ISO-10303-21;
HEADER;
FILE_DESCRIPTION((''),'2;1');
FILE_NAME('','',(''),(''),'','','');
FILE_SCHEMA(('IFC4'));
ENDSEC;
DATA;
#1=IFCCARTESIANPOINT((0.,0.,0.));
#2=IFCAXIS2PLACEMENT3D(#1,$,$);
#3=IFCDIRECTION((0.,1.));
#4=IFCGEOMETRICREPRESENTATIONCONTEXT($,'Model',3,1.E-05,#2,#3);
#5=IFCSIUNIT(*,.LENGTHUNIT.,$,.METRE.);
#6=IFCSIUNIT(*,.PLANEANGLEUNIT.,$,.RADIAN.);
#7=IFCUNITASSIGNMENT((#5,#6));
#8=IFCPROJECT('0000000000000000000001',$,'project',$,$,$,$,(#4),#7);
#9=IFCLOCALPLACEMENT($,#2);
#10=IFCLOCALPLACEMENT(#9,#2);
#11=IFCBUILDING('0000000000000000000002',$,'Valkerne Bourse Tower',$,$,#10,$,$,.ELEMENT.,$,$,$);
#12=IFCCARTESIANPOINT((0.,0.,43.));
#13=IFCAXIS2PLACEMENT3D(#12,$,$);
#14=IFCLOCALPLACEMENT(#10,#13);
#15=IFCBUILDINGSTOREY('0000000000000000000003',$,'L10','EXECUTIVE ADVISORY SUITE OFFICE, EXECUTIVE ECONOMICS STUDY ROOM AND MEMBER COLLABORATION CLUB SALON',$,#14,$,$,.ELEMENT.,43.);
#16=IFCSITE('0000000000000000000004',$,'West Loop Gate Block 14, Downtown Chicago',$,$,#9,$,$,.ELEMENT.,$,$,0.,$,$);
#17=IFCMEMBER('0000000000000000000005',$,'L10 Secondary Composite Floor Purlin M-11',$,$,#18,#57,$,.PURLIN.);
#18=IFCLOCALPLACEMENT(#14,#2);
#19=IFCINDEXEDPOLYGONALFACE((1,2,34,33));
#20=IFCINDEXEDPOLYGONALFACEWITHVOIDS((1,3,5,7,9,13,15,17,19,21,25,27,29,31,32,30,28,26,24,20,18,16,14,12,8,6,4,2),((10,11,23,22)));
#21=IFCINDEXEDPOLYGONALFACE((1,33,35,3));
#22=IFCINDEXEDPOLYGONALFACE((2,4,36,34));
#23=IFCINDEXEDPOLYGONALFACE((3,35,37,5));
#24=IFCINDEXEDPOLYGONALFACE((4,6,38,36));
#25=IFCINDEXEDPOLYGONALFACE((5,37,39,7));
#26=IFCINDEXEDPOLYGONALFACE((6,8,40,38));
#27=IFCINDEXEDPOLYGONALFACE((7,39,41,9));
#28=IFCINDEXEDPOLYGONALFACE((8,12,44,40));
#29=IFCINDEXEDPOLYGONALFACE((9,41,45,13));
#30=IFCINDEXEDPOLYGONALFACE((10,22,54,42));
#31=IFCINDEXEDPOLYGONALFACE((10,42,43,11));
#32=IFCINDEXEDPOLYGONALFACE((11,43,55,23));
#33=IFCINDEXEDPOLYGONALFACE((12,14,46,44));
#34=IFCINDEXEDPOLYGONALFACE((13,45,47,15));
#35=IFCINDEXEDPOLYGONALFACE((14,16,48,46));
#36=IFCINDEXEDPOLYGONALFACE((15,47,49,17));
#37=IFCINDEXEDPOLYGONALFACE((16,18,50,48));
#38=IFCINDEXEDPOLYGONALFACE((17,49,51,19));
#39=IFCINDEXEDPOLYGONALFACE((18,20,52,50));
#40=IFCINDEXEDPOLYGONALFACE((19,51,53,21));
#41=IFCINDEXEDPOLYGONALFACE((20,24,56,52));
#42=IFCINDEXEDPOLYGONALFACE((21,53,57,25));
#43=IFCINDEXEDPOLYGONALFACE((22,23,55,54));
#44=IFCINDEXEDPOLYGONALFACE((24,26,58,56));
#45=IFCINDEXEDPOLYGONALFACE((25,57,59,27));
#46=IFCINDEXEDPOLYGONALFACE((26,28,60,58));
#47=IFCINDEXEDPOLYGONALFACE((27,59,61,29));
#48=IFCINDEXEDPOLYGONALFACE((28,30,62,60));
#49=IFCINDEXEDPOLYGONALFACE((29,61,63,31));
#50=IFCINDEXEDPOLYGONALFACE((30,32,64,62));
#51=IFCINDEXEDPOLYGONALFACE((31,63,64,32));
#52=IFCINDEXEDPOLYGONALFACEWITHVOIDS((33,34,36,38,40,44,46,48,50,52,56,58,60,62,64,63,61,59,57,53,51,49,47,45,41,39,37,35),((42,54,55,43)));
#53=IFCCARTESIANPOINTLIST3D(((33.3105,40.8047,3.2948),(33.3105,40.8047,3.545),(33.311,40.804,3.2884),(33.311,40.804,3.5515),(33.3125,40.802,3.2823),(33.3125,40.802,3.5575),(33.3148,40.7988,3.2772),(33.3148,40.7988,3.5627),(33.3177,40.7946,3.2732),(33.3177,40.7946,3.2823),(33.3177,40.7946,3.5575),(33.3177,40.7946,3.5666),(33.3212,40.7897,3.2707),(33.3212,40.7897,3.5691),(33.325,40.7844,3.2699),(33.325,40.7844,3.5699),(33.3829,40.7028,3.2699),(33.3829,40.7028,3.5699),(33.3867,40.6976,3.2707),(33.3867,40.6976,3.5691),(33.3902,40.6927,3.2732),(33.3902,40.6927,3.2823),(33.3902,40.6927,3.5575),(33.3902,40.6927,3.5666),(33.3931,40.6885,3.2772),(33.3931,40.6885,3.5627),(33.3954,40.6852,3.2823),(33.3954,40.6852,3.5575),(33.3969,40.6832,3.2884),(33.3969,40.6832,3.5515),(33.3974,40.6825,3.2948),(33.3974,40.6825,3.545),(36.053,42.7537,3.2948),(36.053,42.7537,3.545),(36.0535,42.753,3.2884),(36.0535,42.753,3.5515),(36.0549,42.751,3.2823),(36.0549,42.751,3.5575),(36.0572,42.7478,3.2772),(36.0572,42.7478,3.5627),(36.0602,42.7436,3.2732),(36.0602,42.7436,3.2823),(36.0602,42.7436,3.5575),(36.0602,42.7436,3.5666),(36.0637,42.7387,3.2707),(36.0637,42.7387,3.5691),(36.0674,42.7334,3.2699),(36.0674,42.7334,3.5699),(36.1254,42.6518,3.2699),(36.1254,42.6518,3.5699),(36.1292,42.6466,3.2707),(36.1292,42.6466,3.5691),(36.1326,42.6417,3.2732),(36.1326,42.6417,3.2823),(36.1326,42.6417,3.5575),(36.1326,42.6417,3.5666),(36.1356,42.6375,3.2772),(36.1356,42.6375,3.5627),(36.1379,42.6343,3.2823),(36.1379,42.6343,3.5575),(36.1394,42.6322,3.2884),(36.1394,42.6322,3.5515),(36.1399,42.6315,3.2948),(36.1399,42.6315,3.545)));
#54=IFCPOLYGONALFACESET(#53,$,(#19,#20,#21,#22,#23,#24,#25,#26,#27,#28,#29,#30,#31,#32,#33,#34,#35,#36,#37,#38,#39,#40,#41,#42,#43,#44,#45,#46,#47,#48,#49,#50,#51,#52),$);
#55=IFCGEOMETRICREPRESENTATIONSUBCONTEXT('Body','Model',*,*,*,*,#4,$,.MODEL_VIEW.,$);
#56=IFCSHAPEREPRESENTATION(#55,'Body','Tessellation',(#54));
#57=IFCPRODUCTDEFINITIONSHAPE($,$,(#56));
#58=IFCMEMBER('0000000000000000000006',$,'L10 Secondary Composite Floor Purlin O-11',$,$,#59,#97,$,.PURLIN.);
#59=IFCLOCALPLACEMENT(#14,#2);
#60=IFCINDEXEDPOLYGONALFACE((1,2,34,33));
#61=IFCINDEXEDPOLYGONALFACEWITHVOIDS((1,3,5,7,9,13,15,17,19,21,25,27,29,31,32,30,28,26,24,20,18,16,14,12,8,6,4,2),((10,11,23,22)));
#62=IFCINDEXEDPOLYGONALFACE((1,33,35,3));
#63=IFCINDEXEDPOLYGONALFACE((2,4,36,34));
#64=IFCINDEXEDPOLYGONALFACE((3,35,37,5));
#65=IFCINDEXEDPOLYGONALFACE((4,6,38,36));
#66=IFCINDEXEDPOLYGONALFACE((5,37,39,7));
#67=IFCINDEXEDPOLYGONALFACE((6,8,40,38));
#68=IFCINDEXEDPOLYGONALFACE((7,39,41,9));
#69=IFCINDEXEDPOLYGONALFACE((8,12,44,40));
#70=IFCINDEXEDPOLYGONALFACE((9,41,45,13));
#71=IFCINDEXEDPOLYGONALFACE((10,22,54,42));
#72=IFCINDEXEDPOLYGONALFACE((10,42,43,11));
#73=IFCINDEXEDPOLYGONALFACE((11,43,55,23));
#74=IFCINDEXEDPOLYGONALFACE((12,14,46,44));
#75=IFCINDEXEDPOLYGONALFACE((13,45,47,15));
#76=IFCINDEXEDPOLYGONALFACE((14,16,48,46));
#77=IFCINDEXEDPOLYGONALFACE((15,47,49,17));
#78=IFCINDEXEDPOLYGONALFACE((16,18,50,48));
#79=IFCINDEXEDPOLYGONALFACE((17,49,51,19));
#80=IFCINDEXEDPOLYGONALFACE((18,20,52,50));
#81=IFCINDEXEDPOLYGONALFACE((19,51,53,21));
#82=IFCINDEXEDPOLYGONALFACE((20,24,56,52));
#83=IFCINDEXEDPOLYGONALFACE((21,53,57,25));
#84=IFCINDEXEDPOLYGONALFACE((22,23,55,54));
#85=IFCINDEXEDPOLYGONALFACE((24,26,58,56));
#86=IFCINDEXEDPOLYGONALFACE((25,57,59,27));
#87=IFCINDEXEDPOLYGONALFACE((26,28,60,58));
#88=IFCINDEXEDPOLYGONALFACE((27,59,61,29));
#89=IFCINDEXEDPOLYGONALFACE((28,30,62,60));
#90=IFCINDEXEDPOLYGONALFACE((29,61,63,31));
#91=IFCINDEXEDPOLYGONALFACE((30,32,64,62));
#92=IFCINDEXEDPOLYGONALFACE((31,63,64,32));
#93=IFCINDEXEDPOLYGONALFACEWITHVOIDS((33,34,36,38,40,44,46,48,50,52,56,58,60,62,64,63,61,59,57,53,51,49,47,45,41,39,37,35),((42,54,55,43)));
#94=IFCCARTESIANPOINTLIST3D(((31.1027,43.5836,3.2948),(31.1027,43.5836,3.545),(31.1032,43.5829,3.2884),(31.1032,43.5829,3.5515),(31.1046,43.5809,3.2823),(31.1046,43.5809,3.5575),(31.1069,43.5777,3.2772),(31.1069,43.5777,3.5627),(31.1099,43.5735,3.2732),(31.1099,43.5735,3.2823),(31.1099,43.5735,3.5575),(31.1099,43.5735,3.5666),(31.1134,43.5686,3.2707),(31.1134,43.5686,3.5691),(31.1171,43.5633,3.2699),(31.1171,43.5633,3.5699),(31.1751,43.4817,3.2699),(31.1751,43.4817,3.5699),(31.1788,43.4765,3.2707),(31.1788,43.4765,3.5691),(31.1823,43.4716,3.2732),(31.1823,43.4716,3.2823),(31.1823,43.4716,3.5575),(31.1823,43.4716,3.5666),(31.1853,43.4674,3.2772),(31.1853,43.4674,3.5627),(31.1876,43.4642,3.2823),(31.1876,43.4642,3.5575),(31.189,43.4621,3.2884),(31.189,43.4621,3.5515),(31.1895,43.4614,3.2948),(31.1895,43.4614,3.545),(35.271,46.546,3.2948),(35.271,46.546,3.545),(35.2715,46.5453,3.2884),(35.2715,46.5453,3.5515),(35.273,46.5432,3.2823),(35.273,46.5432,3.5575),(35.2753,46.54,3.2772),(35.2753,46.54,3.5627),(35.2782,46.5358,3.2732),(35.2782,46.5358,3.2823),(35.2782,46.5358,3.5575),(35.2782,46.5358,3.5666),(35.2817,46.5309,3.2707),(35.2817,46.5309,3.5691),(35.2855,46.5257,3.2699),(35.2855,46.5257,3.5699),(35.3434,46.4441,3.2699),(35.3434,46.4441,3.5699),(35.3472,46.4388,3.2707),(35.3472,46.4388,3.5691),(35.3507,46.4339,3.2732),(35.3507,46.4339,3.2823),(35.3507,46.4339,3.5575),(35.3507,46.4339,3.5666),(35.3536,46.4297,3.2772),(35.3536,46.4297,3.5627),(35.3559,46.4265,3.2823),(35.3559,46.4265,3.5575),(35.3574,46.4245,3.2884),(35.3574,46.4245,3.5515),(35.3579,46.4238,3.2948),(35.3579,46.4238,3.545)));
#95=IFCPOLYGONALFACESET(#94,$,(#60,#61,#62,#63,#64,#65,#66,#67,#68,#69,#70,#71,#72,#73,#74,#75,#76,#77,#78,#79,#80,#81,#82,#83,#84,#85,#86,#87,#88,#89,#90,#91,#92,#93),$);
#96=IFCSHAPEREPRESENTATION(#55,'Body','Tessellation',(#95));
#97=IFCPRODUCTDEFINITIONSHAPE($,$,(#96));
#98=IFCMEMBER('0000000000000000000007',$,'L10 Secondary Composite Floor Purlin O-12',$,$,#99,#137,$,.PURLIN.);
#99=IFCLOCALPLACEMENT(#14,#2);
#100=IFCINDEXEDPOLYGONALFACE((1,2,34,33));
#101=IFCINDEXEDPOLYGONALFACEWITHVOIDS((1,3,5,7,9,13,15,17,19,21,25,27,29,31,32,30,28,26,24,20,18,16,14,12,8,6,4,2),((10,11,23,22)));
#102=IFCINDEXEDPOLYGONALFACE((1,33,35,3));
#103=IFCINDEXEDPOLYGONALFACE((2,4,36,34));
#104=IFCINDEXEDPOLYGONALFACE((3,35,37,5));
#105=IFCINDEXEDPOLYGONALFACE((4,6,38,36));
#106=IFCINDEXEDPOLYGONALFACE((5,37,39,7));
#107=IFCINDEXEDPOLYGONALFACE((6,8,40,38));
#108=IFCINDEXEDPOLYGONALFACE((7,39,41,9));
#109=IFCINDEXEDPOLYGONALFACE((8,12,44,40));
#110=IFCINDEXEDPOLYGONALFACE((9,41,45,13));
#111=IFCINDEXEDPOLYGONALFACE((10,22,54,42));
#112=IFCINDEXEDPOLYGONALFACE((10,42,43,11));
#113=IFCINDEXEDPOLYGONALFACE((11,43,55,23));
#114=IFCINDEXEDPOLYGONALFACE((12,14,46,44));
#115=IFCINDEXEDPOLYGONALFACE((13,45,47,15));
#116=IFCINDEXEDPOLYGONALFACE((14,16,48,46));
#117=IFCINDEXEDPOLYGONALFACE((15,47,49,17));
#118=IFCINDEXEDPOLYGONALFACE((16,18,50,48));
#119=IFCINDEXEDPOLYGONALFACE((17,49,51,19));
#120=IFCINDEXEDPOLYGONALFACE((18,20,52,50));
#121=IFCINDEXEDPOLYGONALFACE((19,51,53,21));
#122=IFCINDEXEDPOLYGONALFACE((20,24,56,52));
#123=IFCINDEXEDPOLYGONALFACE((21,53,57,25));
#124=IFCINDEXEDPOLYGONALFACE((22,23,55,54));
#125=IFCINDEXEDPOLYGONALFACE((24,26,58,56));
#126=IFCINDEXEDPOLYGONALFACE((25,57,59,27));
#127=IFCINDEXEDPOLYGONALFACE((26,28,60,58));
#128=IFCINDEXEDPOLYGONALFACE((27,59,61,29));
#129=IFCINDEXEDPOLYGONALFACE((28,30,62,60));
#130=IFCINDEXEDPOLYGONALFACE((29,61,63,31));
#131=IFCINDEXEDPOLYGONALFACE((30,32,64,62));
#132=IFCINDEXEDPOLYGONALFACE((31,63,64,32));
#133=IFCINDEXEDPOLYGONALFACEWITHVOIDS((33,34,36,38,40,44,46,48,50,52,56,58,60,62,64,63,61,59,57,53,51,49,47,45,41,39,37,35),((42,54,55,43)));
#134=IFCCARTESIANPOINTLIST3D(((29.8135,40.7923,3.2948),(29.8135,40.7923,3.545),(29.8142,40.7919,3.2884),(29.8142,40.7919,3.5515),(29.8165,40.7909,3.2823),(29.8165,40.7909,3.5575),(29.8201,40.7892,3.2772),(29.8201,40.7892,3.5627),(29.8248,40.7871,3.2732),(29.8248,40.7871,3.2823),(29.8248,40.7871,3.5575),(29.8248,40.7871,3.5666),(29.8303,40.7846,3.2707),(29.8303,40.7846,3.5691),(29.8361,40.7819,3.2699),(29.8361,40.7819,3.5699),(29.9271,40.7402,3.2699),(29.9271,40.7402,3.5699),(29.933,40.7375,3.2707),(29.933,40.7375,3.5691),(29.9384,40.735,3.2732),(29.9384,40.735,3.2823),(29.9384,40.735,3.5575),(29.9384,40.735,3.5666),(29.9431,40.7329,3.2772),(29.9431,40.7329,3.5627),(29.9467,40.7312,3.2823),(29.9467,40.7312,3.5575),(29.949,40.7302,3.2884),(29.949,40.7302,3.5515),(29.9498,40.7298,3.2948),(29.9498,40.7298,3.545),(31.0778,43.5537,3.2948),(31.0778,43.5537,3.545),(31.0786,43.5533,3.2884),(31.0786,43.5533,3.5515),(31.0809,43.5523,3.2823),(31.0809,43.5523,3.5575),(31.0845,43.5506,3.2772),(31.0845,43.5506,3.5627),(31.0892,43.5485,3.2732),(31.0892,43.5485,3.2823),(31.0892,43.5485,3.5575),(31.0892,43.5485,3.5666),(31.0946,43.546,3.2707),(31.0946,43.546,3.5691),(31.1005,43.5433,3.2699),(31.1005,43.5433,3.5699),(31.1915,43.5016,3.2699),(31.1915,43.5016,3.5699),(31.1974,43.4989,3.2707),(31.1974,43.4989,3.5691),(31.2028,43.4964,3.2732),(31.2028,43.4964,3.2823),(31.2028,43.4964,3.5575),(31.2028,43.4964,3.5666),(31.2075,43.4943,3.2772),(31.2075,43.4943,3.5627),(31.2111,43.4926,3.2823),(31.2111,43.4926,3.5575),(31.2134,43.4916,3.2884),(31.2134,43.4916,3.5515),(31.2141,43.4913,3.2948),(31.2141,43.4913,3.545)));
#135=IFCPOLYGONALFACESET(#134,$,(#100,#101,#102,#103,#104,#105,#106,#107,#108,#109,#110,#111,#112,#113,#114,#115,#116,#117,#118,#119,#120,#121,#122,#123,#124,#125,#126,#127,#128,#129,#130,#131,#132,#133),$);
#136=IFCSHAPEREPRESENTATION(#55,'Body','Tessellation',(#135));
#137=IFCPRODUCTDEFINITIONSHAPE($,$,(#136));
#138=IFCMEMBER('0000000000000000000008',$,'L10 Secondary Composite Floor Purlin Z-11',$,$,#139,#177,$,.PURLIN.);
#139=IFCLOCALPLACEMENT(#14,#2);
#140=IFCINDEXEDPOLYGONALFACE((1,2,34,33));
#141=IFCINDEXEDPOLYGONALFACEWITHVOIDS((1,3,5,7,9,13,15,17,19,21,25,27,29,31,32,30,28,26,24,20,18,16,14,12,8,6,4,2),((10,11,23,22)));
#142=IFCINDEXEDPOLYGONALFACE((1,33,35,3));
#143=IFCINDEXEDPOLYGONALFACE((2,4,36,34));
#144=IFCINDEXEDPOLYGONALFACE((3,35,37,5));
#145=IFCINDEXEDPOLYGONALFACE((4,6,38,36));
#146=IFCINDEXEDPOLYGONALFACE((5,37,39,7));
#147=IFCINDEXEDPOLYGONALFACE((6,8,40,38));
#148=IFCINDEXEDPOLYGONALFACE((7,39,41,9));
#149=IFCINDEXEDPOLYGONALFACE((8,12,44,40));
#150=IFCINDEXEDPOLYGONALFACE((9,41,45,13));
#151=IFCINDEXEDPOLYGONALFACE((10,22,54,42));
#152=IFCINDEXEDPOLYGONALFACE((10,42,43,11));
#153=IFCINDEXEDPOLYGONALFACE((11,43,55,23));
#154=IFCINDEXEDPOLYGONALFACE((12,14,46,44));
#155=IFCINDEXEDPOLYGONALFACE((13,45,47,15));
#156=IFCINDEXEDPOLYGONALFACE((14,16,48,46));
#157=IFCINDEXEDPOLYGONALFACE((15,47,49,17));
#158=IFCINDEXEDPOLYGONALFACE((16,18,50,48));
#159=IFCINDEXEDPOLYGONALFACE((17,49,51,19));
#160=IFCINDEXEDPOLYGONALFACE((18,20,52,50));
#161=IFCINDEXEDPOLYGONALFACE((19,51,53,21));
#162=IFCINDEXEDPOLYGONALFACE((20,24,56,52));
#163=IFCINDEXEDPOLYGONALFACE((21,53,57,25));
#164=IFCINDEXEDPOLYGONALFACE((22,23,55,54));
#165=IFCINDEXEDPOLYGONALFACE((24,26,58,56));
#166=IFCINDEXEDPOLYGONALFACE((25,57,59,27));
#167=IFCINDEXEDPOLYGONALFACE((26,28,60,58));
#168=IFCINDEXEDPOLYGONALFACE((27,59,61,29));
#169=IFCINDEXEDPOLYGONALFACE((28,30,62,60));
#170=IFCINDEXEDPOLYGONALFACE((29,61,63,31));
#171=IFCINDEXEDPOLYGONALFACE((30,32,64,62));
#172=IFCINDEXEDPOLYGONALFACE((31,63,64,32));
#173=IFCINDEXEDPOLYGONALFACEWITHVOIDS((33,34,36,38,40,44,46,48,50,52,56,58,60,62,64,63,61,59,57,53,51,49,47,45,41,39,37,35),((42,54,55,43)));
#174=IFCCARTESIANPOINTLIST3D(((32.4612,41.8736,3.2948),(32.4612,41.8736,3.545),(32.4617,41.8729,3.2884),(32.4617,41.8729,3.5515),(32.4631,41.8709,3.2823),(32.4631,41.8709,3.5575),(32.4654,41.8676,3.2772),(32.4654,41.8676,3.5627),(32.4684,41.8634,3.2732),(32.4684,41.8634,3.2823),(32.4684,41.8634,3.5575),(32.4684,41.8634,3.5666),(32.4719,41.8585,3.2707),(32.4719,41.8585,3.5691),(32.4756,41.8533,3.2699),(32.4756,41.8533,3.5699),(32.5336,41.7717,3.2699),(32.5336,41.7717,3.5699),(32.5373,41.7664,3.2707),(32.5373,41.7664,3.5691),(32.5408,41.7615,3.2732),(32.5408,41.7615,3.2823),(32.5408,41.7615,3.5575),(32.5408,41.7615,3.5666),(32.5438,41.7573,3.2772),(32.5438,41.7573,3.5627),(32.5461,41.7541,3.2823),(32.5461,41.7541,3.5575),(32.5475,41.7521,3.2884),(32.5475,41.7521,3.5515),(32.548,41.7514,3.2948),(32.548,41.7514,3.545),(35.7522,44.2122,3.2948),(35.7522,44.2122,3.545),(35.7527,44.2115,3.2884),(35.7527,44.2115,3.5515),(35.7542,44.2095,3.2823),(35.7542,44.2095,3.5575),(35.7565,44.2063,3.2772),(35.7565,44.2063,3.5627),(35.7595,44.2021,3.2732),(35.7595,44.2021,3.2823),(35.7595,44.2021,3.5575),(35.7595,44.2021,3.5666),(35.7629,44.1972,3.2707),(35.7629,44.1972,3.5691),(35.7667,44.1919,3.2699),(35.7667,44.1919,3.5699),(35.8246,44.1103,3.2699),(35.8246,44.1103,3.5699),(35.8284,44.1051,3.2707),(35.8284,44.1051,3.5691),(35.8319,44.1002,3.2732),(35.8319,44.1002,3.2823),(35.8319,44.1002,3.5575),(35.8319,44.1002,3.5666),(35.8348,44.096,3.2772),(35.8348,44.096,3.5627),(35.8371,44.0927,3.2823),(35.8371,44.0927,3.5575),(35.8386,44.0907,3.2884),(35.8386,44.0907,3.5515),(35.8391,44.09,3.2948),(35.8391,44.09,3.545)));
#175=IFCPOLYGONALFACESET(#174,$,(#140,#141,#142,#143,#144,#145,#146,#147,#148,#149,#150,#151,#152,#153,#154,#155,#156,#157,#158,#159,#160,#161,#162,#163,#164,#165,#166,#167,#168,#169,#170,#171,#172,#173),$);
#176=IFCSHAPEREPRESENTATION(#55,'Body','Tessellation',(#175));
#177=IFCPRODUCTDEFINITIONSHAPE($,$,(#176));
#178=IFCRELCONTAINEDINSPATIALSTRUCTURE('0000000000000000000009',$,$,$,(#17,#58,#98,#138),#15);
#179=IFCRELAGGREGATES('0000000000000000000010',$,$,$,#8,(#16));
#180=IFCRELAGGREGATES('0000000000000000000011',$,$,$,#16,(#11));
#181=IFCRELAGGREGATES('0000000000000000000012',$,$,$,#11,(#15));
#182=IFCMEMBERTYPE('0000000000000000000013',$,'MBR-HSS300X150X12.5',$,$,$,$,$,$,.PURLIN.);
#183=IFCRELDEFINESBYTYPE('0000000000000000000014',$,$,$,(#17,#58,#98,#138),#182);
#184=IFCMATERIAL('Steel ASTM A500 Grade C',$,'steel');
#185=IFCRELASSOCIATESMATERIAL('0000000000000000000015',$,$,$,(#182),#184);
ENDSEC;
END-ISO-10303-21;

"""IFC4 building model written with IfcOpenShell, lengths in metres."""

from ifc_helpers import new_model, si_unit, direction, frame, origin, origin_2d, place, context, subcontext, project, spatial, hollow_rectangle, extrude, material, material_profile, profile_set, type_object, element, save


model = new_model("IFC4")

# Units and contexts
model_context = context("Model", 3, precision=1e-05, world=origin(), true_north=direction((0.0, 1.0)))
body_context = subcontext(model_context, "Body", "Model", "MODEL_VIEW")
ifc_project = project(units=[si_unit("LENGTHUNIT", "METRE"), si_unit("PLANEANGLEUNIT", "RADIAN")], contexts=[model_context])

# Site, building, storey
site_placement = place(None, origin())
site = spatial("IfcSite", under=ifc_project, at=site_placement, Name="West Loop Gate Block 14, Downtown Chicago", CompositionType="ELEMENT", RefElevation=0.0)
building_placement = place(site_placement, origin())
building = spatial("IfcBuilding", under=site, at=building_placement, Name="Valkerne Bourse Tower", CompositionType="ELEMENT")
storey_placement = place(building_placement, frame((0.0, 0.0, 43.0)))
storey = spatial("IfcBuildingStorey", under=building, at=storey_placement, Name="L10", Description="EXECUTIVE ADVISORY SUITE OFFICE, EXECUTIVE ECONOMICS STUDY ROOM AND MEMBER COLLABORATION CLUB SALON", CompositionType="ELEMENT", Elevation=43.0)

# Members
ifc_material_1 = material(Name="Steel ASTM A500 Grade C", Category="steel")
ifc_material_profile_1 = material_profile(ifc_material_1, hollow_rectangle(XDim=0.1499, YDim=0.3, WallThickness=0.0125, OuterFilletRadius=0.0249, at=origin_2d()), Name="HSS300X150X12.5")
ifc_profile_set_1 = profile_set([ifc_material_profile_1], Name="Steel ASTM A500 Grade C")
member_type_1 = type_object("IfcMemberType", Name="MBR-HSS300X150X12.5", PredefinedType="PURLIN", material=ifc_profile_set_1)
member_1_placement = place(storey_placement, frame((36.0964, 42.6926, 3.4199), z_axis=(-0.815124, -0.579287, 0.0), x_axis=(0.579287, -0.815124, 0.0)))
element("IfcMember", 1, at=member_1_placement, inside=storey, type_object=member_type_1, Name="L10 Secondary Composite Floor Purlin M-11", PredefinedType="PURLIN", context=body_context, shape_type="SweptSolid", body=[
    extrude(hollow_rectangle(XDim=0.1499, YDim=0.3, WallThickness=0.0125, OuterFilletRadius=0.0249, at=origin_2d()), origin(), (0.0, 0.0, 1.0), 3.3645),
])
member_2_placement = place(storey_placement, frame((35.3145, 46.4849, 3.4199), z_axis=(-0.815125, -0.579286, 0.0), x_axis=(0.579286, -0.815125, 0.0)))
element("IfcMember", 2, at=member_2_placement, inside=storey, type_object=member_type_1, Name="L10 Secondary Composite Floor Purlin O-11", PredefinedType="PURLIN", context=body_context, shape_type="SweptSolid", body=[
    extrude(hollow_rectangle(XDim=0.1499, YDim=0.3, WallThickness=0.0125, OuterFilletRadius=0.0249, at=origin_2d()), origin(), (0.0, 0.0, 1.0), 5.1138),
])
member_3_placement = place(storey_placement, frame((31.146, 43.5225, 3.4199), z_axis=(-0.416309, -0.909223, 0.0), x_axis=(0.909223, -0.416309, 0.0)))
element("IfcMember", 3, at=member_3_placement, inside=storey, type_object=member_type_1, Name="L10 Secondary Composite Floor Purlin O-12", PredefinedType="PURLIN", context=body_context, shape_type="SweptSolid", body=[
    extrude(hollow_rectangle(XDim=0.1499, YDim=0.3, WallThickness=0.0125, OuterFilletRadius=0.0249, at=origin_2d()), origin(), (0.0, 0.0, 1.0), 3.0371),
])
member_4_placement = place(storey_placement, frame((35.7957, 44.1511, 3.4199), z_axis=(-0.815149, -0.579252, 0.0), x_axis=(0.579252, -0.815149, 0.0)))
element("IfcMember", 4, at=member_4_placement, inside=storey, type_object=member_type_1, Name="L10 Secondary Composite Floor Purlin Z-11", PredefinedType="PURLIN", context=body_context, shape_type="SweptSolid", body=[
    extrude(hollow_rectangle(XDim=0.1499, YDim=0.3, WallThickness=0.0125, OuterFilletRadius=0.0249, at=origin_2d()), origin(), (0.0, 0.0, 1.0), 4.0374),
])

save(model, "model.ifc")
